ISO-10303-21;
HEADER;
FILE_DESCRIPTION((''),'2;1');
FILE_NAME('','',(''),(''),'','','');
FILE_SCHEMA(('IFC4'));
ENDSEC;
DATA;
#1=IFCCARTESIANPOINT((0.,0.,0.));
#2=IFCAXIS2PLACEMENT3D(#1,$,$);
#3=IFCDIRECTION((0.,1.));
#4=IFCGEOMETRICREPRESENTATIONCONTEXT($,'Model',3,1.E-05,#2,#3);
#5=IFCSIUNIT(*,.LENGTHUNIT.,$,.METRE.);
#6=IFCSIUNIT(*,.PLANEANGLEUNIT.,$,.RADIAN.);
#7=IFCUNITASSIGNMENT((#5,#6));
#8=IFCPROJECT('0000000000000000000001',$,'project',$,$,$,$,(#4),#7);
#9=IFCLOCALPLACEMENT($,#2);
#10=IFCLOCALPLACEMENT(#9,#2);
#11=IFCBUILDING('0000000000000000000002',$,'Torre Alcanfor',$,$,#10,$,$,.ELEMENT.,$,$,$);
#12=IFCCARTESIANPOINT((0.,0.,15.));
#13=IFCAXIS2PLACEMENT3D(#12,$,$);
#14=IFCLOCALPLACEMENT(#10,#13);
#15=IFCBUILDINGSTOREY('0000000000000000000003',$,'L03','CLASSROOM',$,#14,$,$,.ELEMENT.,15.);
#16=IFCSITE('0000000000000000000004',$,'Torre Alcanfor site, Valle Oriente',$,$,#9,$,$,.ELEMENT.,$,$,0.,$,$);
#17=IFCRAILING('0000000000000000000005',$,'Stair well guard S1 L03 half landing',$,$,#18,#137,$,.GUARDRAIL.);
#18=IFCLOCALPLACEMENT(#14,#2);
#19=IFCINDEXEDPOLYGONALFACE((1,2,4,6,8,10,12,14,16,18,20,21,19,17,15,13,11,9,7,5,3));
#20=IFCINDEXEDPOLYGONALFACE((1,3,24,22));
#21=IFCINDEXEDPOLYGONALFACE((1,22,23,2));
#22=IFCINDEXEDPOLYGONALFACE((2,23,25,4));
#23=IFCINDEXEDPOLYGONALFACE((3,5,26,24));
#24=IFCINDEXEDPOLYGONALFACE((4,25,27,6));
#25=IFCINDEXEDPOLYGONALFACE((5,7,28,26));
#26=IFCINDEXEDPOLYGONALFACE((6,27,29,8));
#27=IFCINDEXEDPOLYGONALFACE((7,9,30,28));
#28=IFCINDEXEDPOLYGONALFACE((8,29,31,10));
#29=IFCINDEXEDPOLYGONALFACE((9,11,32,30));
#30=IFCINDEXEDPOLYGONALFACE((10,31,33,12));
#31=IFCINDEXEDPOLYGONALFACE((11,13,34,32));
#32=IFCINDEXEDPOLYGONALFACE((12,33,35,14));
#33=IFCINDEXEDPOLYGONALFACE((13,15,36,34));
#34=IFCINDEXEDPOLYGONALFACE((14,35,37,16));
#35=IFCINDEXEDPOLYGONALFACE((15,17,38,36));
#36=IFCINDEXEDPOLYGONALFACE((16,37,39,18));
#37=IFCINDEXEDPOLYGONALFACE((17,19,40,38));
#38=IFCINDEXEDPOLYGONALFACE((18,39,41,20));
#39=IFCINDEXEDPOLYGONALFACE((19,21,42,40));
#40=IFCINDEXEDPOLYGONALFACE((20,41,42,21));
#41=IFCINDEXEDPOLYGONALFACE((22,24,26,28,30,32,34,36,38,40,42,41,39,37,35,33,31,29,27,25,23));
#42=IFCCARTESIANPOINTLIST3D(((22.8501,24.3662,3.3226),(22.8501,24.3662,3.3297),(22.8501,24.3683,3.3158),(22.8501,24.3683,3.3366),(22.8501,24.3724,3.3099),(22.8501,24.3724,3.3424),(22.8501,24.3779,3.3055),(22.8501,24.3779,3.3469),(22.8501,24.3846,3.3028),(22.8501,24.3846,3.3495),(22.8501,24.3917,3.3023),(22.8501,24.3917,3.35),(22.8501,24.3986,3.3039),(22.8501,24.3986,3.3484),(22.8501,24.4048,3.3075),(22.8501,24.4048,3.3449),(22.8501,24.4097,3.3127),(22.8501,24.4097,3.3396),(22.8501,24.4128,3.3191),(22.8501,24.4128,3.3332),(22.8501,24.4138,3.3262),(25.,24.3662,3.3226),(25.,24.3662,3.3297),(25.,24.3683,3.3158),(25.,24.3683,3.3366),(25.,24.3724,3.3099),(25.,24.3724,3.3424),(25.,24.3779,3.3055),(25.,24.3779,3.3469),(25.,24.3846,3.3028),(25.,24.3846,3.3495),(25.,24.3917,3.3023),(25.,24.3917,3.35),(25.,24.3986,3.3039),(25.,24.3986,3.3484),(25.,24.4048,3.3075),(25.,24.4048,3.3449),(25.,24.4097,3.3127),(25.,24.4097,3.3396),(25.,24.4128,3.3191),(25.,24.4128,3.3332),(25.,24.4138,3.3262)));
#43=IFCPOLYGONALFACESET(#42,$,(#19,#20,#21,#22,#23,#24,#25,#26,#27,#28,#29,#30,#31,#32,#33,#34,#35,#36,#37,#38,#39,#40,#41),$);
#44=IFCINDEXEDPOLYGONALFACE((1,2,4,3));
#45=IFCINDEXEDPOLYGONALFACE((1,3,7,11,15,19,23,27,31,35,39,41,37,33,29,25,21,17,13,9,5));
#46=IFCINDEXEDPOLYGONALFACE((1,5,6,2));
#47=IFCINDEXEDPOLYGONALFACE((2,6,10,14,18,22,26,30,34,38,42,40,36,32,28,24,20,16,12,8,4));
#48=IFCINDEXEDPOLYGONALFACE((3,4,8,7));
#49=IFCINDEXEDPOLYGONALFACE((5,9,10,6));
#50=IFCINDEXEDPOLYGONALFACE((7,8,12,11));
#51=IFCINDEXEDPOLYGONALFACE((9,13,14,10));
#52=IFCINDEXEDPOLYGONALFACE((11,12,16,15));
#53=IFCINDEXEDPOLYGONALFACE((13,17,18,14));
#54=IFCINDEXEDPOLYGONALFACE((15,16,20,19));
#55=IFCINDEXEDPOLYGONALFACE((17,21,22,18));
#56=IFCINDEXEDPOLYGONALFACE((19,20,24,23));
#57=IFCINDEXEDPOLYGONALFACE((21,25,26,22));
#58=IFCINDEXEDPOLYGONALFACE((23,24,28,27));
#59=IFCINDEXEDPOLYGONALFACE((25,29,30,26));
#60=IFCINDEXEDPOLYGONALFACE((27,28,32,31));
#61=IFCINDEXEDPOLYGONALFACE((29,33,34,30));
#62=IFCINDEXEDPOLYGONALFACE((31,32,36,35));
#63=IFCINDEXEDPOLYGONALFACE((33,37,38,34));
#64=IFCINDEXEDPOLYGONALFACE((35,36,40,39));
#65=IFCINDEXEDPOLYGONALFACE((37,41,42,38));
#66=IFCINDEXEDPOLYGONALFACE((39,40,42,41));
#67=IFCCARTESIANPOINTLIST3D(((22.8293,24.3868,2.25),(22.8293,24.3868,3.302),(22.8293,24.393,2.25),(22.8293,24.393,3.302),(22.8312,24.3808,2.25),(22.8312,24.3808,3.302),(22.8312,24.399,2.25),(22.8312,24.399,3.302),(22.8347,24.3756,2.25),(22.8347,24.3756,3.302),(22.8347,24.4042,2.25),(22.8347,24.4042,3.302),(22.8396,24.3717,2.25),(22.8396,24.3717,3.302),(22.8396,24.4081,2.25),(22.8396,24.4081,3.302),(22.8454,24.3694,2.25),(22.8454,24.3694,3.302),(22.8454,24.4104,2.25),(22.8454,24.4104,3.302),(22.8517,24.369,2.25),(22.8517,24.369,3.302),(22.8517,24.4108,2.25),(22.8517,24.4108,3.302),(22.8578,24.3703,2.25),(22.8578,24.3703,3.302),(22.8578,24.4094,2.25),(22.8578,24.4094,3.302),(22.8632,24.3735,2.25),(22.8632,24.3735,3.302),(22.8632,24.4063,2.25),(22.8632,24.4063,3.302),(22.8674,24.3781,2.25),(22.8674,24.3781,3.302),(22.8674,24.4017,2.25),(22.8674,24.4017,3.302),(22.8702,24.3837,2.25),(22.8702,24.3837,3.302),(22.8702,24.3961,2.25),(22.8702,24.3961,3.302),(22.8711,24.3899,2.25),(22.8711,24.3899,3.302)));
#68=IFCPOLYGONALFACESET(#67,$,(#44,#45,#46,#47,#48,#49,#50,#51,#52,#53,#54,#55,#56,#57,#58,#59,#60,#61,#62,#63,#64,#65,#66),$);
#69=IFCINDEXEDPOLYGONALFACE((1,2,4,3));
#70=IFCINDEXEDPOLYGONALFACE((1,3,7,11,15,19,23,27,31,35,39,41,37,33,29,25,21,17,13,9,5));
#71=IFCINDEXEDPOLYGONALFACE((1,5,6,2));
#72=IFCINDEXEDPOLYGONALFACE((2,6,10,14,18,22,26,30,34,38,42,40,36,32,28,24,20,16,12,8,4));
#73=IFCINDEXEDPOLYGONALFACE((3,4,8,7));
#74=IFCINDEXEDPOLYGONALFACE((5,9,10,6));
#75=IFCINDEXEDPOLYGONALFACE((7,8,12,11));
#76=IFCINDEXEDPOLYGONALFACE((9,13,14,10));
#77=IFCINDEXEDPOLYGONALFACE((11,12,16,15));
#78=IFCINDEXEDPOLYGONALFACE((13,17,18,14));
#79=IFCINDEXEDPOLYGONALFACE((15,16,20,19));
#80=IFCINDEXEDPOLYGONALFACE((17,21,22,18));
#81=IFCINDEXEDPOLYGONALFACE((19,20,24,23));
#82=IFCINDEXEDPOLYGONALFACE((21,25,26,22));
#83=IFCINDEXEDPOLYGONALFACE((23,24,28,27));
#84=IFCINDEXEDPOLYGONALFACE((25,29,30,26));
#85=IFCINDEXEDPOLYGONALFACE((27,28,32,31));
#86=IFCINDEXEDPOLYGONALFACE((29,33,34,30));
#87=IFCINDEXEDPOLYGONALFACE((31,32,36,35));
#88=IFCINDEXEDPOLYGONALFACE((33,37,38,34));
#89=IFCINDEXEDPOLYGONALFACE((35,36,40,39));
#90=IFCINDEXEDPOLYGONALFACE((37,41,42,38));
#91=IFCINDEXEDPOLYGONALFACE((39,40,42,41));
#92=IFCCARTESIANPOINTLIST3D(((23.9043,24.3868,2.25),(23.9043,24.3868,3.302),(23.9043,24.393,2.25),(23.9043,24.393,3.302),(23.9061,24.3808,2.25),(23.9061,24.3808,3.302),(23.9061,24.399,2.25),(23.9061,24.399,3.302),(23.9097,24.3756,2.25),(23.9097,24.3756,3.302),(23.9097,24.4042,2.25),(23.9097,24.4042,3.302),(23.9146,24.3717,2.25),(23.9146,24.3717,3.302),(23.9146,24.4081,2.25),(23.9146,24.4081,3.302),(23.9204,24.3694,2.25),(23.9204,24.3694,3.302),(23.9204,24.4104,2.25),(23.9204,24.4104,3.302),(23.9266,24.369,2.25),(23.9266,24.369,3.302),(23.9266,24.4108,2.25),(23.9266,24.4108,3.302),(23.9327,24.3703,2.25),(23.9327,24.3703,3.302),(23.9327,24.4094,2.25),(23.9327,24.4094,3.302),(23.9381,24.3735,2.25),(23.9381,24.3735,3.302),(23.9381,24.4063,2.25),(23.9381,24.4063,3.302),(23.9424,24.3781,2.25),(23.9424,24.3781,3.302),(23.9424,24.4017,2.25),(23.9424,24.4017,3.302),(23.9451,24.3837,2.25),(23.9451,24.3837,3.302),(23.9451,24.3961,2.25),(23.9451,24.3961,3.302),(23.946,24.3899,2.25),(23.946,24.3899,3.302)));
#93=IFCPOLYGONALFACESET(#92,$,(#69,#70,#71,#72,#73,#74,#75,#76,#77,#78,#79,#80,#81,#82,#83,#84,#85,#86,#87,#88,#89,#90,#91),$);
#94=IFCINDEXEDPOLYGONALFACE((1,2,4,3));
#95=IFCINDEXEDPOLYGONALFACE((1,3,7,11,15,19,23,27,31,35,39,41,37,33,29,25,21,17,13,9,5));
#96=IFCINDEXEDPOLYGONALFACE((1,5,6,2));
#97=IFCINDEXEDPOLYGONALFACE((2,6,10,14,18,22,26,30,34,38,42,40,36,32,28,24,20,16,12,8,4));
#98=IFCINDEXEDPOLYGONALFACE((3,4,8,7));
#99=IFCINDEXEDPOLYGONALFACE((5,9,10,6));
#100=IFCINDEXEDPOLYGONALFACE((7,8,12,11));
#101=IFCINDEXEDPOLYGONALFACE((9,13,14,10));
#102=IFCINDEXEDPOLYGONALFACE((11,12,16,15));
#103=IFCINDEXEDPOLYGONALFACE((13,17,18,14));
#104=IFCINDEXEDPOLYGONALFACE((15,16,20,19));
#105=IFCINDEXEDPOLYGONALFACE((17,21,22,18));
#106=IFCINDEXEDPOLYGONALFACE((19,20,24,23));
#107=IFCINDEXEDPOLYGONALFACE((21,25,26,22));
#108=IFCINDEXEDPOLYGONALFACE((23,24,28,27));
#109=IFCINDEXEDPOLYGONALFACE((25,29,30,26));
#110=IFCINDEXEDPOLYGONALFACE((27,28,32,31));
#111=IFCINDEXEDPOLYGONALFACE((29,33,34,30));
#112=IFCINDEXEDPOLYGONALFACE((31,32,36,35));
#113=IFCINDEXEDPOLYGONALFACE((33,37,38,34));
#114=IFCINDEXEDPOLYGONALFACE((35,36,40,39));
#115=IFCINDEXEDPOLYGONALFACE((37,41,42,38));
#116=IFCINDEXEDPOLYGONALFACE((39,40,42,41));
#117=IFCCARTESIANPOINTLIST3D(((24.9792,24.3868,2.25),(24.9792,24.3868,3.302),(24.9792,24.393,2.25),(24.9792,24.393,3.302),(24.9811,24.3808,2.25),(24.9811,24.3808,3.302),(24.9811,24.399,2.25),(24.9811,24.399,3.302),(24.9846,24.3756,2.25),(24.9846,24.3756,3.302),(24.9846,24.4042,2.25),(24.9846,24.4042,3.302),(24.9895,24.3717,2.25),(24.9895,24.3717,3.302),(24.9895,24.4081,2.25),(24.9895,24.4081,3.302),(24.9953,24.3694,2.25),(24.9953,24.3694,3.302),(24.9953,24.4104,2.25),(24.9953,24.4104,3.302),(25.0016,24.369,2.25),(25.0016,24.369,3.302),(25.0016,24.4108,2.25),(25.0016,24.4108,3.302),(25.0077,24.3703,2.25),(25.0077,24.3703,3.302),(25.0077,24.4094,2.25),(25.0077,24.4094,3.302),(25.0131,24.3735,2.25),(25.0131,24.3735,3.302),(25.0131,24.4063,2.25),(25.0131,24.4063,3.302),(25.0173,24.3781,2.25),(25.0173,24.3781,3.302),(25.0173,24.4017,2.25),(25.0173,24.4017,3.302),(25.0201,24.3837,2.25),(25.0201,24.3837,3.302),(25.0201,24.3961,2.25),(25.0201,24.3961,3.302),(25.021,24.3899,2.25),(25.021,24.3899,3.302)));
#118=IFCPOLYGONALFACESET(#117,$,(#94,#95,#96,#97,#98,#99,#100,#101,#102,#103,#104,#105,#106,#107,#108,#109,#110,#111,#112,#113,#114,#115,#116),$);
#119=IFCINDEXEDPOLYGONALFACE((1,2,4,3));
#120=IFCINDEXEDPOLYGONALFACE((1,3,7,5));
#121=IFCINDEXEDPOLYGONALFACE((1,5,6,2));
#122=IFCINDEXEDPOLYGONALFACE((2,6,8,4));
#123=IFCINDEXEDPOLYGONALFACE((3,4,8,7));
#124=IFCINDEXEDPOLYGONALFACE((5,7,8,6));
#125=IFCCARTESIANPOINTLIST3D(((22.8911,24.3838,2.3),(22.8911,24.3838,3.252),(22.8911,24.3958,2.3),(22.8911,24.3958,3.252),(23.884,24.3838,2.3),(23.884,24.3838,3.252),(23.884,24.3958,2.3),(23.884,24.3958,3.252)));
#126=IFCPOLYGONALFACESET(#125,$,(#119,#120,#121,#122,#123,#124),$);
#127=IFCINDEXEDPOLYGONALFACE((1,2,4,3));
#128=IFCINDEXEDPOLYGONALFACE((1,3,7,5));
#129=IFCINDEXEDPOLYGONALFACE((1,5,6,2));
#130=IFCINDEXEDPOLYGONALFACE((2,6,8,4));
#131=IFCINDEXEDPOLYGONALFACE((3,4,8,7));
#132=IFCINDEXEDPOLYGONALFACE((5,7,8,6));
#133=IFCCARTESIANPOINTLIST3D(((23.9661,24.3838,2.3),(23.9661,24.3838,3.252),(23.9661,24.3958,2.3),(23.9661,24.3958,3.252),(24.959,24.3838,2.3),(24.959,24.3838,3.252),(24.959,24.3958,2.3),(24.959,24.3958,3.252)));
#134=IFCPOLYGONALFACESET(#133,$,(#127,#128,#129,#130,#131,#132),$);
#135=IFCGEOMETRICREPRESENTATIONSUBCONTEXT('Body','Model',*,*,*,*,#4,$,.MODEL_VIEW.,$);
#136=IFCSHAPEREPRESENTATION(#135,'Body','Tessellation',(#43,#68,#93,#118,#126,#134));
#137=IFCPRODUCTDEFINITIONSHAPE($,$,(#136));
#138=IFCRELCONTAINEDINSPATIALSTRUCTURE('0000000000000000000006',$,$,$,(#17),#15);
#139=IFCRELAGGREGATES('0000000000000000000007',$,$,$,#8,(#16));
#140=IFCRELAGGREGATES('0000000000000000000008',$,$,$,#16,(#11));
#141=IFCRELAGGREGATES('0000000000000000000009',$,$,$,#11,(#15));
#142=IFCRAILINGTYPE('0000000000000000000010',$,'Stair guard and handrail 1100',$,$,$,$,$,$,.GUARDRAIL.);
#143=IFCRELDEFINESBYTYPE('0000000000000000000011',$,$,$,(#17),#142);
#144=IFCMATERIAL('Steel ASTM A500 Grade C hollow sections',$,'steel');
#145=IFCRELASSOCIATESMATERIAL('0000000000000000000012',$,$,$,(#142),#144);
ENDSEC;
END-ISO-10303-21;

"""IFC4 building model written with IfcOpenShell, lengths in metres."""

from ifc_helpers import new_model, si_unit, direction, frame, origin, origin_2d, place, context, subcontext, project, spatial, polyline, circle, outline, extrude, material, type_object, element, save


model = new_model("IFC4")

# Units and contexts
model_context = context("Model", 3, precision=1e-05, world=origin(), true_north=direction((0.0, 1.0)))
body_context = subcontext(model_context, "Body", "Model", "MODEL_VIEW")
ifc_project = project(units=[si_unit("LENGTHUNIT", "METRE"), si_unit("PLANEANGLEUNIT", "RADIAN")], contexts=[model_context])

# Site, building, storey
site_placement = place(None, origin())
site = spatial("IfcSite", under=ifc_project, at=site_placement, Name="Torre Alcanfor site, Valle Oriente", CompositionType="ELEMENT", RefElevation=0.0)
building_placement = place(site_placement, origin())
building = spatial("IfcBuilding", under=site, at=building_placement, Name="Torre Alcanfor", CompositionType="ELEMENT")
storey_placement = place(building_placement, frame((0.0, 0.0, 15.0)))
storey = spatial("IfcBuildingStorey", under=building, at=storey_placement, Name="L03", Description="CLASSROOM", CompositionType="ELEMENT", Elevation=15.0)

# Railing
ifc_material_1 = material(Name="Steel ASTM A500 Grade C hollow sections", Category="steel")
railing_type_1 = type_object("IfcRailingType", Name="Stair guard and handrail 1100", PredefinedType="GUARDRAIL", material=ifc_material_1)
for number, where, name in (
    (1, (22.8501, 24.3899, 2.25), "Stair well guard S1 L03 half landing"),
):
    element("IfcRailing", number, at=place(storey_placement, frame(where)), inside=storey, type_object=railing_type_1, Name=name, PredefinedType="GUARDRAIL", context=body_context, shape_type="SweptSolid", body=[
        extrude(circle(Radius=0.0239, at=origin_2d()), frame((0.0, 0.0, 1.0762), z_axis=(1.0, 0.0, 0.0), x_axis=(0.0, 1.0, 0.0)), (0.0, 0.0, 1.0), 2.1499),
        extrude(circle(Radius=0.021, at=origin_2d()), origin(), (0.0, 0.0, 1.0), 1.052),
        extrude(circle(Radius=0.021, at=origin_2d()), frame((1.075, 0.0, 0.0)), (0.0, 0.0, 1.0), 1.052),
        extrude(circle(Radius=0.021, at=origin_2d()), frame((2.1499, 0.0, 0.0)), (0.0, 0.0, 1.0), 1.052),
        extrude(outline(polyline([(0.041, 0.05), (1.0339, 0.05), (1.0339, 1.002), (0.041, 1.002), (0.041, 0.05)])), frame((0.0, 0.0059, 0.0), z_axis=(0.0, -1.0, 0.0), x_axis=(1.0, 0.0, 0.0)), (0.0, 0.0, 1.0), 0.012),
        extrude(outline(polyline([(1.116, 0.05), (2.1089, 0.05), (2.1089, 1.002), (1.116, 1.002), (1.116, 0.05)])), frame((0.0, 0.0059, 0.0), z_axis=(0.0, -1.0, 0.0), x_axis=(1.0, 0.0, 0.0)), (0.0, 0.0, 1.0), 0.012),
    ])

save(model, "model.ifc")
